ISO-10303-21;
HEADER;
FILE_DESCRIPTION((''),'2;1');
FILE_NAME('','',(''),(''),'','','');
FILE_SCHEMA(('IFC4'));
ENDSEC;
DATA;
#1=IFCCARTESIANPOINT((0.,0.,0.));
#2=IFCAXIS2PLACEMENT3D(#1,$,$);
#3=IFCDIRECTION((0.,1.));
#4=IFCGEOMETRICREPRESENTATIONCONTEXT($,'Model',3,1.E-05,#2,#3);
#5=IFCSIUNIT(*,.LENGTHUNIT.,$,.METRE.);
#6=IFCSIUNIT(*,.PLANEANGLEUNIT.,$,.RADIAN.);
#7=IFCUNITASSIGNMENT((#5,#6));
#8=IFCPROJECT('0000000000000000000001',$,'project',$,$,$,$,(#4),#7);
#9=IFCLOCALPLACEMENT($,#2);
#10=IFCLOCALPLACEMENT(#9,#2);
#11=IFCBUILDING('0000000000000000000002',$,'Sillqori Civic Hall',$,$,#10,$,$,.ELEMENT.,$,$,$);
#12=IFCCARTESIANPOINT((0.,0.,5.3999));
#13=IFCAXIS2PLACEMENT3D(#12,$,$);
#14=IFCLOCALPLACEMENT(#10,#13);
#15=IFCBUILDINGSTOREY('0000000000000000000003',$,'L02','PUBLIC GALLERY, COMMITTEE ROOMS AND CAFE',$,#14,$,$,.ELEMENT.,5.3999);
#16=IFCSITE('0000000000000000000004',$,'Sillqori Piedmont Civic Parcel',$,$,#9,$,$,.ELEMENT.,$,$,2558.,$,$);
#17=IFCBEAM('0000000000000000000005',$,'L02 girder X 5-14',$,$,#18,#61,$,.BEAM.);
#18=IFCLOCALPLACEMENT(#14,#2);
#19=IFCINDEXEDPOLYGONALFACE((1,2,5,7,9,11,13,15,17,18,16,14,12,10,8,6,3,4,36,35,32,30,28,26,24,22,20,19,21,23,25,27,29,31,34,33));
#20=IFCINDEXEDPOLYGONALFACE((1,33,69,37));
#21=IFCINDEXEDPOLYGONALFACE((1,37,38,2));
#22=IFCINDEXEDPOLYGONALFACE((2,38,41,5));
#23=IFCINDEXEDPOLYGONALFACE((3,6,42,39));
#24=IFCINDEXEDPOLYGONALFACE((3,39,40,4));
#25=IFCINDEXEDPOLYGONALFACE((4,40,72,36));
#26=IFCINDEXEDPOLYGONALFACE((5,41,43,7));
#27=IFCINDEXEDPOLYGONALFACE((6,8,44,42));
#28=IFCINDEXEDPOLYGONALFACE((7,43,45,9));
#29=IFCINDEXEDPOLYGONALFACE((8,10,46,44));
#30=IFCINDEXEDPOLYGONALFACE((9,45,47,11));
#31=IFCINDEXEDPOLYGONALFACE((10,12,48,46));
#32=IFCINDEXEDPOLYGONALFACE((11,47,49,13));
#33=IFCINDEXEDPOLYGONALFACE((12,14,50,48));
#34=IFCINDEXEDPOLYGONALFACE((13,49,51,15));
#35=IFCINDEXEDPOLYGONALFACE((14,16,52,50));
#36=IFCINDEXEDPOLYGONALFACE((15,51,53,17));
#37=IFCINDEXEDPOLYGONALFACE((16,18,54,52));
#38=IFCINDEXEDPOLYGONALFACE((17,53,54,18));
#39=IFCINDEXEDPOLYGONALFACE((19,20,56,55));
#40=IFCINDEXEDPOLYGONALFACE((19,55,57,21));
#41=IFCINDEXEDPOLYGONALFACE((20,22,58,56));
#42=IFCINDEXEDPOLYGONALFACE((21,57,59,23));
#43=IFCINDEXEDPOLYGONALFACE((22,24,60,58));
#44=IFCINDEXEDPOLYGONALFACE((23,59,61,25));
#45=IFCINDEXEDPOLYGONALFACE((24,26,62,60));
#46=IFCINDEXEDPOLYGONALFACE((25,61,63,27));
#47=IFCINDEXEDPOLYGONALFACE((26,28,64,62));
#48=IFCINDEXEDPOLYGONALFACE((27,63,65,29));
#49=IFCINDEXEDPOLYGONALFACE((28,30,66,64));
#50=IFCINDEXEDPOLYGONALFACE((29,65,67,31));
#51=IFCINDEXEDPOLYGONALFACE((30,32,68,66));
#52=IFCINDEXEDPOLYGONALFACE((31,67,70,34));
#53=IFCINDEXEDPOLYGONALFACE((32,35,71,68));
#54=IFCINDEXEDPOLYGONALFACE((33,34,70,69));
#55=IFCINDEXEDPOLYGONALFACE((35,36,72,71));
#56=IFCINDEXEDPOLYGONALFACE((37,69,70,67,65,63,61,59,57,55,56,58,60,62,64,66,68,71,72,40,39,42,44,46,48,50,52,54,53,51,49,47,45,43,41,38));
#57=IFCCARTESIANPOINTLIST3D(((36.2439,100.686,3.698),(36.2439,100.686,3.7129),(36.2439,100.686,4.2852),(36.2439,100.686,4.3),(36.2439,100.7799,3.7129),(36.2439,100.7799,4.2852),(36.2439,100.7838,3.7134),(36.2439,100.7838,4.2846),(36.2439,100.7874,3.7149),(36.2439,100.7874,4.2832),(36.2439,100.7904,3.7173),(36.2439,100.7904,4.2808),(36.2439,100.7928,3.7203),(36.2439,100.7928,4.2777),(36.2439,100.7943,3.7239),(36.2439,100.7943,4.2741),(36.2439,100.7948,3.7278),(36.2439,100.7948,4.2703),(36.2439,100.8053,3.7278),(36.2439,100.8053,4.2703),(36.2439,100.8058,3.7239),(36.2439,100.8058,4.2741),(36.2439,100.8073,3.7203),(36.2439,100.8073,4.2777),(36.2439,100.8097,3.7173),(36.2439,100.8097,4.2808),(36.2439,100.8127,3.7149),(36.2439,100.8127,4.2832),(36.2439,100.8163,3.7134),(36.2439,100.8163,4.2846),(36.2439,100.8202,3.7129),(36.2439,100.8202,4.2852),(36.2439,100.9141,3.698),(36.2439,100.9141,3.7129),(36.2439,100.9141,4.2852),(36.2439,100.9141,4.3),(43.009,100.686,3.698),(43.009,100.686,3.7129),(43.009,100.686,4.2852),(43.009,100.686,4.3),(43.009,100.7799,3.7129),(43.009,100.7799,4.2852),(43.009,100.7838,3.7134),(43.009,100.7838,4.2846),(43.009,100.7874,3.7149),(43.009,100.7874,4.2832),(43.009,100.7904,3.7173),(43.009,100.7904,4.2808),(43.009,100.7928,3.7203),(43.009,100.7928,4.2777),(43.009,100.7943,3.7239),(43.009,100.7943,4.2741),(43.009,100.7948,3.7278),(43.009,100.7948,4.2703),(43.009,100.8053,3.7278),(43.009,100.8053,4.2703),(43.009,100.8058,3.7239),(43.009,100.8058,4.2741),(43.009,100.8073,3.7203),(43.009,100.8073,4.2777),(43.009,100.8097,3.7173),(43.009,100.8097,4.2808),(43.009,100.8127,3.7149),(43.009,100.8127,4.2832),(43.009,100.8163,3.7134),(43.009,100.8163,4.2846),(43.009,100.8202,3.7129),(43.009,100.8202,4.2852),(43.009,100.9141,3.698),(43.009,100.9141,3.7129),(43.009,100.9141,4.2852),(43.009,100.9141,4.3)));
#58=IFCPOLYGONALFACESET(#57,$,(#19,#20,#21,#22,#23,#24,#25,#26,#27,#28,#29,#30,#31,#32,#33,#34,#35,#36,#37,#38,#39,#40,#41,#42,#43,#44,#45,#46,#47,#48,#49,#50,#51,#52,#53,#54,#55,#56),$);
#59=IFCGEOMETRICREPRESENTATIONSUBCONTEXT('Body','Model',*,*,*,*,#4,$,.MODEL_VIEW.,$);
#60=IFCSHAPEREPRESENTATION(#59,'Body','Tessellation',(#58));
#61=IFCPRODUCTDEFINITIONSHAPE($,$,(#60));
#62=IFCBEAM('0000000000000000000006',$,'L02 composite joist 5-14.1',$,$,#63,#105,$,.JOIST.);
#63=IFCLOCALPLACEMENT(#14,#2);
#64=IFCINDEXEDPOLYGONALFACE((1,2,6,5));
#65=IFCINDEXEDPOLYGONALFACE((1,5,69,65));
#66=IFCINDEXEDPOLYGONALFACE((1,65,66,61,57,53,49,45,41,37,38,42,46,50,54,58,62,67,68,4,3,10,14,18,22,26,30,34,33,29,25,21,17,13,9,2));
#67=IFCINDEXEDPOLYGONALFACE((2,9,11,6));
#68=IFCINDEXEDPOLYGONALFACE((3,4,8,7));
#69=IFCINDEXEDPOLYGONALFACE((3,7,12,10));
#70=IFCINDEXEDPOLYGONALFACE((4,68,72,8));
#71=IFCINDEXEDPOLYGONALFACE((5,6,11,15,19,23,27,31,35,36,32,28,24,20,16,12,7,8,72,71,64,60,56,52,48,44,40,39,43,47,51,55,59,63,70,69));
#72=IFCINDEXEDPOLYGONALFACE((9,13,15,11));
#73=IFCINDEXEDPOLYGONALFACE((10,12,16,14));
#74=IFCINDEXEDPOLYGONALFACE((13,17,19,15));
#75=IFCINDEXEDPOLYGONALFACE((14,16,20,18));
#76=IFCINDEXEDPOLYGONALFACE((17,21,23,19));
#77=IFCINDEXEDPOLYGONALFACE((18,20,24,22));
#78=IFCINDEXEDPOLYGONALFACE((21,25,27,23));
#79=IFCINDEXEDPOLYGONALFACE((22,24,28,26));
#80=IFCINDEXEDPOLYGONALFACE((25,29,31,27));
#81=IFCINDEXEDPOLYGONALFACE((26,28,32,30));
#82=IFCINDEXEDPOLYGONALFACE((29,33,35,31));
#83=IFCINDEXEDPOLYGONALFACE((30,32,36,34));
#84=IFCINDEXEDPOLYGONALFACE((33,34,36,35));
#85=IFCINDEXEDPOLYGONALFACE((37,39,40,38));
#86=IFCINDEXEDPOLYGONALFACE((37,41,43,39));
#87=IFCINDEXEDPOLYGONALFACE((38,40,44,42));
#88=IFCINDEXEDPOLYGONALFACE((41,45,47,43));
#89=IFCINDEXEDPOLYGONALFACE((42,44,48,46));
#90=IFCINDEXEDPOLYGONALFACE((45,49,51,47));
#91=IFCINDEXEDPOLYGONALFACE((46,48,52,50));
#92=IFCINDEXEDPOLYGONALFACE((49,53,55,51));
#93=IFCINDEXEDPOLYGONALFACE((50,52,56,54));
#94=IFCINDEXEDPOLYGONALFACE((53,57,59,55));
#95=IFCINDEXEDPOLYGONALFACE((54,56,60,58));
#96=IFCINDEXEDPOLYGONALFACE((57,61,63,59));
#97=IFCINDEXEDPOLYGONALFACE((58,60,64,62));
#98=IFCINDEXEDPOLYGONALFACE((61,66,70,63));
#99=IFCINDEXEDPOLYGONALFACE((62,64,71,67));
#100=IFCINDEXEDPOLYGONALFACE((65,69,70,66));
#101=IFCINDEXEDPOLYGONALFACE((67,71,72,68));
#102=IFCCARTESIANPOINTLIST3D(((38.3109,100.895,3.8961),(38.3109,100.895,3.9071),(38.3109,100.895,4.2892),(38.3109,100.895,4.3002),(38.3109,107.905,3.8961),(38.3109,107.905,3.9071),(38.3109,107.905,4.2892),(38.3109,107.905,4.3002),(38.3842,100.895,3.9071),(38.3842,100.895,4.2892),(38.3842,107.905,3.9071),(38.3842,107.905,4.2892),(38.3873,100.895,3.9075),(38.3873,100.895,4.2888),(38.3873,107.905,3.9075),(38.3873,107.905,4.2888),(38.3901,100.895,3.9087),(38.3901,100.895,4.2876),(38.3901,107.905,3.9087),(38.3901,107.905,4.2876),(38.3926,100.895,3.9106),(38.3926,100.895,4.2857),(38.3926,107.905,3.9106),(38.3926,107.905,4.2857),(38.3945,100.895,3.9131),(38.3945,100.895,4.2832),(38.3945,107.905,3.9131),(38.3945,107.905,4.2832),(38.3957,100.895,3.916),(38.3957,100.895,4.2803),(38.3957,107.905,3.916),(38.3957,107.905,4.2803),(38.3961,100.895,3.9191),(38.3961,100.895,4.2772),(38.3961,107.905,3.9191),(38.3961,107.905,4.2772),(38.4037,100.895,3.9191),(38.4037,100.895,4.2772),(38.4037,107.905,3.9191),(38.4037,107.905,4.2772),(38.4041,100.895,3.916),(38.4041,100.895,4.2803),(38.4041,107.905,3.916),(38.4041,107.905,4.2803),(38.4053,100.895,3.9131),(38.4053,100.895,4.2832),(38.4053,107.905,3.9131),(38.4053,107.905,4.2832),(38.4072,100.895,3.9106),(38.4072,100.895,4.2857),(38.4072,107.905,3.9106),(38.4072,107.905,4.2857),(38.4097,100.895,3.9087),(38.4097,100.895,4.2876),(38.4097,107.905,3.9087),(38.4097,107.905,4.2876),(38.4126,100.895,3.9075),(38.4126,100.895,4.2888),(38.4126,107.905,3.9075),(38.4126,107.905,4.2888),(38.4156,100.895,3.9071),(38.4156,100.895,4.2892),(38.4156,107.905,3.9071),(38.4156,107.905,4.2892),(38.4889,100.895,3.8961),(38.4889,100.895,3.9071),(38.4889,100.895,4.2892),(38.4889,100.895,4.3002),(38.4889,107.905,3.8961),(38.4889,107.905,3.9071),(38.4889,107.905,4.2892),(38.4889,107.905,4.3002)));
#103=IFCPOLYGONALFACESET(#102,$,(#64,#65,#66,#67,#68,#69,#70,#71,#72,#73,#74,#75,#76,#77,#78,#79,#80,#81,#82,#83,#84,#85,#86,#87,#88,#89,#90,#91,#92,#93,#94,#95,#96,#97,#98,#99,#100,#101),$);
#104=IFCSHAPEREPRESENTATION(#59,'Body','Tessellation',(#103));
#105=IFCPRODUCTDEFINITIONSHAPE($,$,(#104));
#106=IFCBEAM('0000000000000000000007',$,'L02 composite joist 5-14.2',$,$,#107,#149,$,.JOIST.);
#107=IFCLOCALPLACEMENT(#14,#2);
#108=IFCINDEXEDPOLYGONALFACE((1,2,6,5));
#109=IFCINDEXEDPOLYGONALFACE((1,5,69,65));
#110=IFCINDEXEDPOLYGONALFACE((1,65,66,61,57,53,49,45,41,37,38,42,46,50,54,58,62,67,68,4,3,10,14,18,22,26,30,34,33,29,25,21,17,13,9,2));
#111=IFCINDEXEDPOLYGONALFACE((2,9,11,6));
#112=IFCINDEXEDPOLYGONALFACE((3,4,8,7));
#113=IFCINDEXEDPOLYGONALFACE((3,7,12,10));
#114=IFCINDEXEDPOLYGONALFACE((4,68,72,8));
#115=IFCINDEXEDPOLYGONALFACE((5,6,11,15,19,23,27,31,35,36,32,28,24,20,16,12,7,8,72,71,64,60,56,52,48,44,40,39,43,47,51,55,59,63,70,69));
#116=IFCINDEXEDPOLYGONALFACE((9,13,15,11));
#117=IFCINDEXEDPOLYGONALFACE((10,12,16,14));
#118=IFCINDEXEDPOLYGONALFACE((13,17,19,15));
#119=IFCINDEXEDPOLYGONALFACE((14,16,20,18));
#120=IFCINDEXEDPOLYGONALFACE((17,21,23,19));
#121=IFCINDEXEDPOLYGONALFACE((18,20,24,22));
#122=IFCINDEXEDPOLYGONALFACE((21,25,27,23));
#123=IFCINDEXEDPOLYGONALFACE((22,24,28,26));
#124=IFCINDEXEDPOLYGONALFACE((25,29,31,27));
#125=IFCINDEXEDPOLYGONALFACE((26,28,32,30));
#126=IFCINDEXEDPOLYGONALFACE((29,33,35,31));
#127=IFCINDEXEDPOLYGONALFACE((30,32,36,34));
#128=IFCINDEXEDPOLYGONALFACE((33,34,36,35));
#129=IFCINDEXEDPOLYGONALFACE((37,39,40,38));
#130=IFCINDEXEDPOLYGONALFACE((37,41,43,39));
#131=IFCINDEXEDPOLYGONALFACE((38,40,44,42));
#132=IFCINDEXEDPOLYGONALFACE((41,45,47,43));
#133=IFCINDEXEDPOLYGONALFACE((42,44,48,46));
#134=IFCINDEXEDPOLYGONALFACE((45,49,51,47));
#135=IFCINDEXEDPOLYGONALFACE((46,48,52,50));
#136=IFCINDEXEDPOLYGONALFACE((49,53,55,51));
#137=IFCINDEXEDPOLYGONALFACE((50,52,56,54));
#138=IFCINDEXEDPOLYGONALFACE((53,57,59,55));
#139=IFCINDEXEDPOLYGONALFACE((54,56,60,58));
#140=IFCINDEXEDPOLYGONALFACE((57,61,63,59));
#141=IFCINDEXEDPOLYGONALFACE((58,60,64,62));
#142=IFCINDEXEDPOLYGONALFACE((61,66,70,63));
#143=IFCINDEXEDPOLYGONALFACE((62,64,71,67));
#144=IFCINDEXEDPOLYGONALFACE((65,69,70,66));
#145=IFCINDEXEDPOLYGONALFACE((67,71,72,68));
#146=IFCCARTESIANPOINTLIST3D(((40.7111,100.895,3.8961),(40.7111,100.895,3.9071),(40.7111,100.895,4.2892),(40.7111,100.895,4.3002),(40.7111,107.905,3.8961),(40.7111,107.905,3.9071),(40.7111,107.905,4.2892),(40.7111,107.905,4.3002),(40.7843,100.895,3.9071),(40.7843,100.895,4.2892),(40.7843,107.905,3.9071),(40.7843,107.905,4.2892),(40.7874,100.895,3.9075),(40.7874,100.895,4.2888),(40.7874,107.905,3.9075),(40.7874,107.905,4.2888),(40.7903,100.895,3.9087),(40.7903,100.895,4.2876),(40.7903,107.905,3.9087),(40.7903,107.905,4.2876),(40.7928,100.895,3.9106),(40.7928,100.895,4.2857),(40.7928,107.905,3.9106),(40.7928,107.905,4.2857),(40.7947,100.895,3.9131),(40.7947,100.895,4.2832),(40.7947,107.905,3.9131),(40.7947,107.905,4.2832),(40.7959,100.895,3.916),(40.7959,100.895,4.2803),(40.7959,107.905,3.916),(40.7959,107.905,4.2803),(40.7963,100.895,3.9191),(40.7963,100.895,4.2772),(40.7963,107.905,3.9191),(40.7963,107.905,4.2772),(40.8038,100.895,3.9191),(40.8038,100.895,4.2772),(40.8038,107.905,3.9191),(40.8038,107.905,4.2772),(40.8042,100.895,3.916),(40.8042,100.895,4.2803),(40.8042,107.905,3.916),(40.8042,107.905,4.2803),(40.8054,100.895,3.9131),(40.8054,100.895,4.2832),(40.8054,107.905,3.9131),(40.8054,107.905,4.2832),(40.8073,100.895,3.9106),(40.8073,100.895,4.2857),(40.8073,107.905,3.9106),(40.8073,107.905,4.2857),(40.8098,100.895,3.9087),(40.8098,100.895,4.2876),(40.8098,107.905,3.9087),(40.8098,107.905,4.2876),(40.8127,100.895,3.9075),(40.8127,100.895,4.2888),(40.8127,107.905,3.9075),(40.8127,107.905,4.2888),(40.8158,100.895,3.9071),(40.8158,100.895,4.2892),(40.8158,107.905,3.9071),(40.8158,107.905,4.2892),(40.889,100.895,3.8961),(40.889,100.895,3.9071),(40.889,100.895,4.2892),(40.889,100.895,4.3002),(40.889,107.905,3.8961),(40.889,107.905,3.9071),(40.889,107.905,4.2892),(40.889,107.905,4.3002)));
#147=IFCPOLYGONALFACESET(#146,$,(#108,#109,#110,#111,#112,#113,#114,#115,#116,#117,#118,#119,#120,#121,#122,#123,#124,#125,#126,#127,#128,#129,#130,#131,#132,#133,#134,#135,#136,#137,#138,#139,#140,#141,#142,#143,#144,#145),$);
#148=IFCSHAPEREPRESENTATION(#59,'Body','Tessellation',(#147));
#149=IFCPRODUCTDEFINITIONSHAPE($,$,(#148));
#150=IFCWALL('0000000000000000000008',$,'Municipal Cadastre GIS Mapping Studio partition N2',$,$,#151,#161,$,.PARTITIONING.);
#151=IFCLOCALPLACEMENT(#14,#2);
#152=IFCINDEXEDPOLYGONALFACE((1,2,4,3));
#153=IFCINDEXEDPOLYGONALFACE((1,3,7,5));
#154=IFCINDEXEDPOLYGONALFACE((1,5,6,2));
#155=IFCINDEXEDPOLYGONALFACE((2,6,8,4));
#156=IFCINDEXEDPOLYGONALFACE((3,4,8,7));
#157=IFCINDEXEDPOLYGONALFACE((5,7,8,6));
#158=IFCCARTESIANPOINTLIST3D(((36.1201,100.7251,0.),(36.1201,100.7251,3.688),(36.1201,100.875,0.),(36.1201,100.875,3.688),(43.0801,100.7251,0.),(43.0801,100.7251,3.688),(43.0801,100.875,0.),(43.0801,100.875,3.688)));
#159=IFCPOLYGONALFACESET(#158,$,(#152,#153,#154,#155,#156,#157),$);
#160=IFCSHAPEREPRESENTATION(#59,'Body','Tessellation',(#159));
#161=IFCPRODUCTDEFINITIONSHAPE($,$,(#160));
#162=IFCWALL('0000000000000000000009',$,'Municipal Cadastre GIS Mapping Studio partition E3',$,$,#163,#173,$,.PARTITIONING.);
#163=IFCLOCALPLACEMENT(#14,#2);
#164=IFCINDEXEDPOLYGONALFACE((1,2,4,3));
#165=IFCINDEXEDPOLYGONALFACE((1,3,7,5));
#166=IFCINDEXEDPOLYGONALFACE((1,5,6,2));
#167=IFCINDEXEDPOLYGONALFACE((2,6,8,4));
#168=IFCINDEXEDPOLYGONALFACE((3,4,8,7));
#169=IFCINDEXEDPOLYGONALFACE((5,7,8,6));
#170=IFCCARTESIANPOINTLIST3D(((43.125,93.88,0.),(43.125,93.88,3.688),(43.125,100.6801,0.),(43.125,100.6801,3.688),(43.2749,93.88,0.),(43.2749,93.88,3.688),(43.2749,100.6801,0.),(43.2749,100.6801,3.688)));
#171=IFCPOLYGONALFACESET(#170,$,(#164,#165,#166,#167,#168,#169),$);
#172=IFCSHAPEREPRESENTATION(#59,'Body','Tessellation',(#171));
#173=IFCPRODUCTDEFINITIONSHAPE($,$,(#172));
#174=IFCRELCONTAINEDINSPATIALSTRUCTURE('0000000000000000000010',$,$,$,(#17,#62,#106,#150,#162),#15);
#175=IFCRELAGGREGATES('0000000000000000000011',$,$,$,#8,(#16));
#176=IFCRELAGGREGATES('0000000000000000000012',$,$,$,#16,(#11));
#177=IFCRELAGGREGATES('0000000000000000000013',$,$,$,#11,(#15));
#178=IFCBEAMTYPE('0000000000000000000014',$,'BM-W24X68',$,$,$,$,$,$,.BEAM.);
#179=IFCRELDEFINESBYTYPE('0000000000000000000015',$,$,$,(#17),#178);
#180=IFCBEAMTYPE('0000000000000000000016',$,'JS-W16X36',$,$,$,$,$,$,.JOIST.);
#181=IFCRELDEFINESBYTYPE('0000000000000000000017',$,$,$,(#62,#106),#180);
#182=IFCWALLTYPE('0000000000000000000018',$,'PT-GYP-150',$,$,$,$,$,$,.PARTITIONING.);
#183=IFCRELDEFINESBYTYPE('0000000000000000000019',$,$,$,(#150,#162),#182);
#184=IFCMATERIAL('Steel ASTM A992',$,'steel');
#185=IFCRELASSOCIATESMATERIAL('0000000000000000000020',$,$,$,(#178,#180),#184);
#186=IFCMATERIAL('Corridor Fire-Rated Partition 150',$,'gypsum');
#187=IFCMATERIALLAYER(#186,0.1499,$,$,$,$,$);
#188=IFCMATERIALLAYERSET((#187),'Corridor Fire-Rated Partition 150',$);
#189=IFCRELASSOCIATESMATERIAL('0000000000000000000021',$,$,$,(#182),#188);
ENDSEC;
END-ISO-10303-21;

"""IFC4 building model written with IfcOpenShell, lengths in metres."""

from ifc_helpers import new_model, si_unit, direction, frame, frame_2d, origin, origin_2d, place, context, subcontext, project, spatial, rectangle, i_section, extrude, material, layer, layer_set, material_profile, profile_set, type_object, element, save


model = new_model("IFC4")

# Units and contexts
model_context = context("Model", 3, precision=1e-05, world=origin(), true_north=direction((0.0, 1.0)))
body_context = subcontext(model_context, "Body", "Model", "MODEL_VIEW")
ifc_project = project(units=[si_unit("LENGTHUNIT", "METRE"), si_unit("PLANEANGLEUNIT", "RADIAN")], contexts=[model_context])

# Site, building, storey
site_placement = place(None, origin())
site = spatial("IfcSite", under=ifc_project, at=site_placement, Name="Sillqori Piedmont Civic Parcel", CompositionType="ELEMENT", RefElevation=2558.0)
building_placement = place(site_placement, origin())
building = spatial("IfcBuilding", under=site, at=building_placement, Name="Sillqori Civic Hall", CompositionType="ELEMENT")
storey_placement = place(building_placement, frame((0.0, 0.0, 5.3999)))
storey = spatial("IfcBuildingStorey", under=building, at=storey_placement, Name="L02", Description="PUBLIC GALLERY, COMMITTEE ROOMS AND CAFE", CompositionType="ELEMENT", Elevation=5.3999)

# Shared definitions
ifc_material_1 = material(Name="Steel ASTM A992", Category="steel")

# Beams
ifc_material_profile_1 = material_profile(ifc_material_1, i_section(OverallWidth=0.228, OverallDepth=0.6021, WebThickness=0.0105, FlangeThickness=0.0149, FilletRadius=0.0149, at=origin_2d()), Name="W24X68")
ifc_profile_set_1 = profile_set([ifc_material_profile_1], Name="Steel ASTM A992")
beam_type_1 = type_object("IfcBeamType", Name="BM-W24X68", PredefinedType="BEAM", material=ifc_profile_set_1)
beam_1_placement = place(storey_placement, frame((36.2439, 100.8, 3.999), z_axis=(1.0, 0.0, 0.0), x_axis=(0.0, 1.0, 0.0)))
element("IfcBeam", 1, at=beam_1_placement, inside=storey, type_object=beam_type_1, Name="L02 girder X 5-14", PredefinedType="BEAM", context=body_context, shape_type="SweptSolid", body=[
    extrude(i_section(OverallWidth=0.228, OverallDepth=0.6021, WebThickness=0.0105, FlangeThickness=0.0149, FilletRadius=0.0149, at=origin_2d()), origin(), (0.0, 0.0, 1.0), 6.7651),
])
ifc_material_profile_2 = material_profile(ifc_material_1, i_section(OverallWidth=0.178, OverallDepth=0.4041, WebThickness=0.0076, FlangeThickness=0.011, FilletRadius=0.012, at=origin_2d()), Name="W16X36")
ifc_profile_set_2 = profile_set([ifc_material_profile_2], Name="Steel ASTM A992")
beam_type_2 = type_object("IfcBeamType", Name="JS-W16X36", PredefinedType="JOIST", material=ifc_profile_set_2)
for number, where, z_axis, x_axis, name in (
    (2, (38.3999, 100.895, 4.0981), (0.0, 1.0, 0.0), (-1.0, 0.0, 0.0), "L02 composite joist 5-14.1"),
    (3, (40.8, 100.895, 4.0981), (0.0, 1.0, 0.0), (-1.0, 0.0, 0.0), "L02 composite joist 5-14.2"),
):
    element("IfcBeam", number, at=place(storey_placement, frame(where, z_axis=z_axis, x_axis=x_axis)), inside=storey, type_object=beam_type_2, Name=name, PredefinedType="JOIST", context=body_context, shape_type="SweptSolid", body=[
        extrude(i_section(OverallWidth=0.178, OverallDepth=0.4041, WebThickness=0.0076, FlangeThickness=0.011, FilletRadius=0.012, at=origin_2d()), origin(), (0.0, 0.0, 1.0), 7.01),
    ])

# Walls
ifc_material_2 = material(Name="Corridor Fire-Rated Partition 150", Category="gypsum")
ifc_layer = layer(ifc_material_2, 0.1499)
ifc_layer_set = layer_set([ifc_layer], Name="Corridor Fire-Rated Partition 150")
wall_type = type_object("IfcWallType", Name="PT-GYP-150", PredefinedType="PARTITIONING", material=ifc_layer_set)
wall_1_placement = place(storey_placement, frame((36.1201, 100.8, 0.0), z_axis=(0.0, 0.0, 1.0), x_axis=(1.0, 0.0, 0.0)))
element("IfcWall", 4, at=wall_1_placement, inside=storey, type_object=wall_type, Name="Municipal Cadastre GIS Mapping Studio partition N2", PredefinedType="PARTITIONING", context=body_context, shape_type="SweptSolid", body=[
    extrude(rectangle(XDim=6.96, YDim=0.1499, at=frame_2d((3.48, 0.0))), origin(), (0.0, 0.0, 1.0), 3.688),
])
wall_2_placement = place(storey_placement, frame((43.2, 100.6799, 0.0), z_axis=(0.0, 0.0, 1.0), x_axis=(0.0, -1.0, 0.0)))
element("IfcWall", 5, at=wall_2_placement, inside=storey, type_object=wall_type, Name="Municipal Cadastre GIS Mapping Studio partition E3", PredefinedType="PARTITIONING", context=body_context, shape_type="SweptSolid", body=[
    extrude(rectangle(XDim=6.8, YDim=0.1499, at=frame_2d((3.3999, 0.0))), origin(), (0.0, 0.0, 1.0), 3.688),
])

save(model, "model.ifc")
